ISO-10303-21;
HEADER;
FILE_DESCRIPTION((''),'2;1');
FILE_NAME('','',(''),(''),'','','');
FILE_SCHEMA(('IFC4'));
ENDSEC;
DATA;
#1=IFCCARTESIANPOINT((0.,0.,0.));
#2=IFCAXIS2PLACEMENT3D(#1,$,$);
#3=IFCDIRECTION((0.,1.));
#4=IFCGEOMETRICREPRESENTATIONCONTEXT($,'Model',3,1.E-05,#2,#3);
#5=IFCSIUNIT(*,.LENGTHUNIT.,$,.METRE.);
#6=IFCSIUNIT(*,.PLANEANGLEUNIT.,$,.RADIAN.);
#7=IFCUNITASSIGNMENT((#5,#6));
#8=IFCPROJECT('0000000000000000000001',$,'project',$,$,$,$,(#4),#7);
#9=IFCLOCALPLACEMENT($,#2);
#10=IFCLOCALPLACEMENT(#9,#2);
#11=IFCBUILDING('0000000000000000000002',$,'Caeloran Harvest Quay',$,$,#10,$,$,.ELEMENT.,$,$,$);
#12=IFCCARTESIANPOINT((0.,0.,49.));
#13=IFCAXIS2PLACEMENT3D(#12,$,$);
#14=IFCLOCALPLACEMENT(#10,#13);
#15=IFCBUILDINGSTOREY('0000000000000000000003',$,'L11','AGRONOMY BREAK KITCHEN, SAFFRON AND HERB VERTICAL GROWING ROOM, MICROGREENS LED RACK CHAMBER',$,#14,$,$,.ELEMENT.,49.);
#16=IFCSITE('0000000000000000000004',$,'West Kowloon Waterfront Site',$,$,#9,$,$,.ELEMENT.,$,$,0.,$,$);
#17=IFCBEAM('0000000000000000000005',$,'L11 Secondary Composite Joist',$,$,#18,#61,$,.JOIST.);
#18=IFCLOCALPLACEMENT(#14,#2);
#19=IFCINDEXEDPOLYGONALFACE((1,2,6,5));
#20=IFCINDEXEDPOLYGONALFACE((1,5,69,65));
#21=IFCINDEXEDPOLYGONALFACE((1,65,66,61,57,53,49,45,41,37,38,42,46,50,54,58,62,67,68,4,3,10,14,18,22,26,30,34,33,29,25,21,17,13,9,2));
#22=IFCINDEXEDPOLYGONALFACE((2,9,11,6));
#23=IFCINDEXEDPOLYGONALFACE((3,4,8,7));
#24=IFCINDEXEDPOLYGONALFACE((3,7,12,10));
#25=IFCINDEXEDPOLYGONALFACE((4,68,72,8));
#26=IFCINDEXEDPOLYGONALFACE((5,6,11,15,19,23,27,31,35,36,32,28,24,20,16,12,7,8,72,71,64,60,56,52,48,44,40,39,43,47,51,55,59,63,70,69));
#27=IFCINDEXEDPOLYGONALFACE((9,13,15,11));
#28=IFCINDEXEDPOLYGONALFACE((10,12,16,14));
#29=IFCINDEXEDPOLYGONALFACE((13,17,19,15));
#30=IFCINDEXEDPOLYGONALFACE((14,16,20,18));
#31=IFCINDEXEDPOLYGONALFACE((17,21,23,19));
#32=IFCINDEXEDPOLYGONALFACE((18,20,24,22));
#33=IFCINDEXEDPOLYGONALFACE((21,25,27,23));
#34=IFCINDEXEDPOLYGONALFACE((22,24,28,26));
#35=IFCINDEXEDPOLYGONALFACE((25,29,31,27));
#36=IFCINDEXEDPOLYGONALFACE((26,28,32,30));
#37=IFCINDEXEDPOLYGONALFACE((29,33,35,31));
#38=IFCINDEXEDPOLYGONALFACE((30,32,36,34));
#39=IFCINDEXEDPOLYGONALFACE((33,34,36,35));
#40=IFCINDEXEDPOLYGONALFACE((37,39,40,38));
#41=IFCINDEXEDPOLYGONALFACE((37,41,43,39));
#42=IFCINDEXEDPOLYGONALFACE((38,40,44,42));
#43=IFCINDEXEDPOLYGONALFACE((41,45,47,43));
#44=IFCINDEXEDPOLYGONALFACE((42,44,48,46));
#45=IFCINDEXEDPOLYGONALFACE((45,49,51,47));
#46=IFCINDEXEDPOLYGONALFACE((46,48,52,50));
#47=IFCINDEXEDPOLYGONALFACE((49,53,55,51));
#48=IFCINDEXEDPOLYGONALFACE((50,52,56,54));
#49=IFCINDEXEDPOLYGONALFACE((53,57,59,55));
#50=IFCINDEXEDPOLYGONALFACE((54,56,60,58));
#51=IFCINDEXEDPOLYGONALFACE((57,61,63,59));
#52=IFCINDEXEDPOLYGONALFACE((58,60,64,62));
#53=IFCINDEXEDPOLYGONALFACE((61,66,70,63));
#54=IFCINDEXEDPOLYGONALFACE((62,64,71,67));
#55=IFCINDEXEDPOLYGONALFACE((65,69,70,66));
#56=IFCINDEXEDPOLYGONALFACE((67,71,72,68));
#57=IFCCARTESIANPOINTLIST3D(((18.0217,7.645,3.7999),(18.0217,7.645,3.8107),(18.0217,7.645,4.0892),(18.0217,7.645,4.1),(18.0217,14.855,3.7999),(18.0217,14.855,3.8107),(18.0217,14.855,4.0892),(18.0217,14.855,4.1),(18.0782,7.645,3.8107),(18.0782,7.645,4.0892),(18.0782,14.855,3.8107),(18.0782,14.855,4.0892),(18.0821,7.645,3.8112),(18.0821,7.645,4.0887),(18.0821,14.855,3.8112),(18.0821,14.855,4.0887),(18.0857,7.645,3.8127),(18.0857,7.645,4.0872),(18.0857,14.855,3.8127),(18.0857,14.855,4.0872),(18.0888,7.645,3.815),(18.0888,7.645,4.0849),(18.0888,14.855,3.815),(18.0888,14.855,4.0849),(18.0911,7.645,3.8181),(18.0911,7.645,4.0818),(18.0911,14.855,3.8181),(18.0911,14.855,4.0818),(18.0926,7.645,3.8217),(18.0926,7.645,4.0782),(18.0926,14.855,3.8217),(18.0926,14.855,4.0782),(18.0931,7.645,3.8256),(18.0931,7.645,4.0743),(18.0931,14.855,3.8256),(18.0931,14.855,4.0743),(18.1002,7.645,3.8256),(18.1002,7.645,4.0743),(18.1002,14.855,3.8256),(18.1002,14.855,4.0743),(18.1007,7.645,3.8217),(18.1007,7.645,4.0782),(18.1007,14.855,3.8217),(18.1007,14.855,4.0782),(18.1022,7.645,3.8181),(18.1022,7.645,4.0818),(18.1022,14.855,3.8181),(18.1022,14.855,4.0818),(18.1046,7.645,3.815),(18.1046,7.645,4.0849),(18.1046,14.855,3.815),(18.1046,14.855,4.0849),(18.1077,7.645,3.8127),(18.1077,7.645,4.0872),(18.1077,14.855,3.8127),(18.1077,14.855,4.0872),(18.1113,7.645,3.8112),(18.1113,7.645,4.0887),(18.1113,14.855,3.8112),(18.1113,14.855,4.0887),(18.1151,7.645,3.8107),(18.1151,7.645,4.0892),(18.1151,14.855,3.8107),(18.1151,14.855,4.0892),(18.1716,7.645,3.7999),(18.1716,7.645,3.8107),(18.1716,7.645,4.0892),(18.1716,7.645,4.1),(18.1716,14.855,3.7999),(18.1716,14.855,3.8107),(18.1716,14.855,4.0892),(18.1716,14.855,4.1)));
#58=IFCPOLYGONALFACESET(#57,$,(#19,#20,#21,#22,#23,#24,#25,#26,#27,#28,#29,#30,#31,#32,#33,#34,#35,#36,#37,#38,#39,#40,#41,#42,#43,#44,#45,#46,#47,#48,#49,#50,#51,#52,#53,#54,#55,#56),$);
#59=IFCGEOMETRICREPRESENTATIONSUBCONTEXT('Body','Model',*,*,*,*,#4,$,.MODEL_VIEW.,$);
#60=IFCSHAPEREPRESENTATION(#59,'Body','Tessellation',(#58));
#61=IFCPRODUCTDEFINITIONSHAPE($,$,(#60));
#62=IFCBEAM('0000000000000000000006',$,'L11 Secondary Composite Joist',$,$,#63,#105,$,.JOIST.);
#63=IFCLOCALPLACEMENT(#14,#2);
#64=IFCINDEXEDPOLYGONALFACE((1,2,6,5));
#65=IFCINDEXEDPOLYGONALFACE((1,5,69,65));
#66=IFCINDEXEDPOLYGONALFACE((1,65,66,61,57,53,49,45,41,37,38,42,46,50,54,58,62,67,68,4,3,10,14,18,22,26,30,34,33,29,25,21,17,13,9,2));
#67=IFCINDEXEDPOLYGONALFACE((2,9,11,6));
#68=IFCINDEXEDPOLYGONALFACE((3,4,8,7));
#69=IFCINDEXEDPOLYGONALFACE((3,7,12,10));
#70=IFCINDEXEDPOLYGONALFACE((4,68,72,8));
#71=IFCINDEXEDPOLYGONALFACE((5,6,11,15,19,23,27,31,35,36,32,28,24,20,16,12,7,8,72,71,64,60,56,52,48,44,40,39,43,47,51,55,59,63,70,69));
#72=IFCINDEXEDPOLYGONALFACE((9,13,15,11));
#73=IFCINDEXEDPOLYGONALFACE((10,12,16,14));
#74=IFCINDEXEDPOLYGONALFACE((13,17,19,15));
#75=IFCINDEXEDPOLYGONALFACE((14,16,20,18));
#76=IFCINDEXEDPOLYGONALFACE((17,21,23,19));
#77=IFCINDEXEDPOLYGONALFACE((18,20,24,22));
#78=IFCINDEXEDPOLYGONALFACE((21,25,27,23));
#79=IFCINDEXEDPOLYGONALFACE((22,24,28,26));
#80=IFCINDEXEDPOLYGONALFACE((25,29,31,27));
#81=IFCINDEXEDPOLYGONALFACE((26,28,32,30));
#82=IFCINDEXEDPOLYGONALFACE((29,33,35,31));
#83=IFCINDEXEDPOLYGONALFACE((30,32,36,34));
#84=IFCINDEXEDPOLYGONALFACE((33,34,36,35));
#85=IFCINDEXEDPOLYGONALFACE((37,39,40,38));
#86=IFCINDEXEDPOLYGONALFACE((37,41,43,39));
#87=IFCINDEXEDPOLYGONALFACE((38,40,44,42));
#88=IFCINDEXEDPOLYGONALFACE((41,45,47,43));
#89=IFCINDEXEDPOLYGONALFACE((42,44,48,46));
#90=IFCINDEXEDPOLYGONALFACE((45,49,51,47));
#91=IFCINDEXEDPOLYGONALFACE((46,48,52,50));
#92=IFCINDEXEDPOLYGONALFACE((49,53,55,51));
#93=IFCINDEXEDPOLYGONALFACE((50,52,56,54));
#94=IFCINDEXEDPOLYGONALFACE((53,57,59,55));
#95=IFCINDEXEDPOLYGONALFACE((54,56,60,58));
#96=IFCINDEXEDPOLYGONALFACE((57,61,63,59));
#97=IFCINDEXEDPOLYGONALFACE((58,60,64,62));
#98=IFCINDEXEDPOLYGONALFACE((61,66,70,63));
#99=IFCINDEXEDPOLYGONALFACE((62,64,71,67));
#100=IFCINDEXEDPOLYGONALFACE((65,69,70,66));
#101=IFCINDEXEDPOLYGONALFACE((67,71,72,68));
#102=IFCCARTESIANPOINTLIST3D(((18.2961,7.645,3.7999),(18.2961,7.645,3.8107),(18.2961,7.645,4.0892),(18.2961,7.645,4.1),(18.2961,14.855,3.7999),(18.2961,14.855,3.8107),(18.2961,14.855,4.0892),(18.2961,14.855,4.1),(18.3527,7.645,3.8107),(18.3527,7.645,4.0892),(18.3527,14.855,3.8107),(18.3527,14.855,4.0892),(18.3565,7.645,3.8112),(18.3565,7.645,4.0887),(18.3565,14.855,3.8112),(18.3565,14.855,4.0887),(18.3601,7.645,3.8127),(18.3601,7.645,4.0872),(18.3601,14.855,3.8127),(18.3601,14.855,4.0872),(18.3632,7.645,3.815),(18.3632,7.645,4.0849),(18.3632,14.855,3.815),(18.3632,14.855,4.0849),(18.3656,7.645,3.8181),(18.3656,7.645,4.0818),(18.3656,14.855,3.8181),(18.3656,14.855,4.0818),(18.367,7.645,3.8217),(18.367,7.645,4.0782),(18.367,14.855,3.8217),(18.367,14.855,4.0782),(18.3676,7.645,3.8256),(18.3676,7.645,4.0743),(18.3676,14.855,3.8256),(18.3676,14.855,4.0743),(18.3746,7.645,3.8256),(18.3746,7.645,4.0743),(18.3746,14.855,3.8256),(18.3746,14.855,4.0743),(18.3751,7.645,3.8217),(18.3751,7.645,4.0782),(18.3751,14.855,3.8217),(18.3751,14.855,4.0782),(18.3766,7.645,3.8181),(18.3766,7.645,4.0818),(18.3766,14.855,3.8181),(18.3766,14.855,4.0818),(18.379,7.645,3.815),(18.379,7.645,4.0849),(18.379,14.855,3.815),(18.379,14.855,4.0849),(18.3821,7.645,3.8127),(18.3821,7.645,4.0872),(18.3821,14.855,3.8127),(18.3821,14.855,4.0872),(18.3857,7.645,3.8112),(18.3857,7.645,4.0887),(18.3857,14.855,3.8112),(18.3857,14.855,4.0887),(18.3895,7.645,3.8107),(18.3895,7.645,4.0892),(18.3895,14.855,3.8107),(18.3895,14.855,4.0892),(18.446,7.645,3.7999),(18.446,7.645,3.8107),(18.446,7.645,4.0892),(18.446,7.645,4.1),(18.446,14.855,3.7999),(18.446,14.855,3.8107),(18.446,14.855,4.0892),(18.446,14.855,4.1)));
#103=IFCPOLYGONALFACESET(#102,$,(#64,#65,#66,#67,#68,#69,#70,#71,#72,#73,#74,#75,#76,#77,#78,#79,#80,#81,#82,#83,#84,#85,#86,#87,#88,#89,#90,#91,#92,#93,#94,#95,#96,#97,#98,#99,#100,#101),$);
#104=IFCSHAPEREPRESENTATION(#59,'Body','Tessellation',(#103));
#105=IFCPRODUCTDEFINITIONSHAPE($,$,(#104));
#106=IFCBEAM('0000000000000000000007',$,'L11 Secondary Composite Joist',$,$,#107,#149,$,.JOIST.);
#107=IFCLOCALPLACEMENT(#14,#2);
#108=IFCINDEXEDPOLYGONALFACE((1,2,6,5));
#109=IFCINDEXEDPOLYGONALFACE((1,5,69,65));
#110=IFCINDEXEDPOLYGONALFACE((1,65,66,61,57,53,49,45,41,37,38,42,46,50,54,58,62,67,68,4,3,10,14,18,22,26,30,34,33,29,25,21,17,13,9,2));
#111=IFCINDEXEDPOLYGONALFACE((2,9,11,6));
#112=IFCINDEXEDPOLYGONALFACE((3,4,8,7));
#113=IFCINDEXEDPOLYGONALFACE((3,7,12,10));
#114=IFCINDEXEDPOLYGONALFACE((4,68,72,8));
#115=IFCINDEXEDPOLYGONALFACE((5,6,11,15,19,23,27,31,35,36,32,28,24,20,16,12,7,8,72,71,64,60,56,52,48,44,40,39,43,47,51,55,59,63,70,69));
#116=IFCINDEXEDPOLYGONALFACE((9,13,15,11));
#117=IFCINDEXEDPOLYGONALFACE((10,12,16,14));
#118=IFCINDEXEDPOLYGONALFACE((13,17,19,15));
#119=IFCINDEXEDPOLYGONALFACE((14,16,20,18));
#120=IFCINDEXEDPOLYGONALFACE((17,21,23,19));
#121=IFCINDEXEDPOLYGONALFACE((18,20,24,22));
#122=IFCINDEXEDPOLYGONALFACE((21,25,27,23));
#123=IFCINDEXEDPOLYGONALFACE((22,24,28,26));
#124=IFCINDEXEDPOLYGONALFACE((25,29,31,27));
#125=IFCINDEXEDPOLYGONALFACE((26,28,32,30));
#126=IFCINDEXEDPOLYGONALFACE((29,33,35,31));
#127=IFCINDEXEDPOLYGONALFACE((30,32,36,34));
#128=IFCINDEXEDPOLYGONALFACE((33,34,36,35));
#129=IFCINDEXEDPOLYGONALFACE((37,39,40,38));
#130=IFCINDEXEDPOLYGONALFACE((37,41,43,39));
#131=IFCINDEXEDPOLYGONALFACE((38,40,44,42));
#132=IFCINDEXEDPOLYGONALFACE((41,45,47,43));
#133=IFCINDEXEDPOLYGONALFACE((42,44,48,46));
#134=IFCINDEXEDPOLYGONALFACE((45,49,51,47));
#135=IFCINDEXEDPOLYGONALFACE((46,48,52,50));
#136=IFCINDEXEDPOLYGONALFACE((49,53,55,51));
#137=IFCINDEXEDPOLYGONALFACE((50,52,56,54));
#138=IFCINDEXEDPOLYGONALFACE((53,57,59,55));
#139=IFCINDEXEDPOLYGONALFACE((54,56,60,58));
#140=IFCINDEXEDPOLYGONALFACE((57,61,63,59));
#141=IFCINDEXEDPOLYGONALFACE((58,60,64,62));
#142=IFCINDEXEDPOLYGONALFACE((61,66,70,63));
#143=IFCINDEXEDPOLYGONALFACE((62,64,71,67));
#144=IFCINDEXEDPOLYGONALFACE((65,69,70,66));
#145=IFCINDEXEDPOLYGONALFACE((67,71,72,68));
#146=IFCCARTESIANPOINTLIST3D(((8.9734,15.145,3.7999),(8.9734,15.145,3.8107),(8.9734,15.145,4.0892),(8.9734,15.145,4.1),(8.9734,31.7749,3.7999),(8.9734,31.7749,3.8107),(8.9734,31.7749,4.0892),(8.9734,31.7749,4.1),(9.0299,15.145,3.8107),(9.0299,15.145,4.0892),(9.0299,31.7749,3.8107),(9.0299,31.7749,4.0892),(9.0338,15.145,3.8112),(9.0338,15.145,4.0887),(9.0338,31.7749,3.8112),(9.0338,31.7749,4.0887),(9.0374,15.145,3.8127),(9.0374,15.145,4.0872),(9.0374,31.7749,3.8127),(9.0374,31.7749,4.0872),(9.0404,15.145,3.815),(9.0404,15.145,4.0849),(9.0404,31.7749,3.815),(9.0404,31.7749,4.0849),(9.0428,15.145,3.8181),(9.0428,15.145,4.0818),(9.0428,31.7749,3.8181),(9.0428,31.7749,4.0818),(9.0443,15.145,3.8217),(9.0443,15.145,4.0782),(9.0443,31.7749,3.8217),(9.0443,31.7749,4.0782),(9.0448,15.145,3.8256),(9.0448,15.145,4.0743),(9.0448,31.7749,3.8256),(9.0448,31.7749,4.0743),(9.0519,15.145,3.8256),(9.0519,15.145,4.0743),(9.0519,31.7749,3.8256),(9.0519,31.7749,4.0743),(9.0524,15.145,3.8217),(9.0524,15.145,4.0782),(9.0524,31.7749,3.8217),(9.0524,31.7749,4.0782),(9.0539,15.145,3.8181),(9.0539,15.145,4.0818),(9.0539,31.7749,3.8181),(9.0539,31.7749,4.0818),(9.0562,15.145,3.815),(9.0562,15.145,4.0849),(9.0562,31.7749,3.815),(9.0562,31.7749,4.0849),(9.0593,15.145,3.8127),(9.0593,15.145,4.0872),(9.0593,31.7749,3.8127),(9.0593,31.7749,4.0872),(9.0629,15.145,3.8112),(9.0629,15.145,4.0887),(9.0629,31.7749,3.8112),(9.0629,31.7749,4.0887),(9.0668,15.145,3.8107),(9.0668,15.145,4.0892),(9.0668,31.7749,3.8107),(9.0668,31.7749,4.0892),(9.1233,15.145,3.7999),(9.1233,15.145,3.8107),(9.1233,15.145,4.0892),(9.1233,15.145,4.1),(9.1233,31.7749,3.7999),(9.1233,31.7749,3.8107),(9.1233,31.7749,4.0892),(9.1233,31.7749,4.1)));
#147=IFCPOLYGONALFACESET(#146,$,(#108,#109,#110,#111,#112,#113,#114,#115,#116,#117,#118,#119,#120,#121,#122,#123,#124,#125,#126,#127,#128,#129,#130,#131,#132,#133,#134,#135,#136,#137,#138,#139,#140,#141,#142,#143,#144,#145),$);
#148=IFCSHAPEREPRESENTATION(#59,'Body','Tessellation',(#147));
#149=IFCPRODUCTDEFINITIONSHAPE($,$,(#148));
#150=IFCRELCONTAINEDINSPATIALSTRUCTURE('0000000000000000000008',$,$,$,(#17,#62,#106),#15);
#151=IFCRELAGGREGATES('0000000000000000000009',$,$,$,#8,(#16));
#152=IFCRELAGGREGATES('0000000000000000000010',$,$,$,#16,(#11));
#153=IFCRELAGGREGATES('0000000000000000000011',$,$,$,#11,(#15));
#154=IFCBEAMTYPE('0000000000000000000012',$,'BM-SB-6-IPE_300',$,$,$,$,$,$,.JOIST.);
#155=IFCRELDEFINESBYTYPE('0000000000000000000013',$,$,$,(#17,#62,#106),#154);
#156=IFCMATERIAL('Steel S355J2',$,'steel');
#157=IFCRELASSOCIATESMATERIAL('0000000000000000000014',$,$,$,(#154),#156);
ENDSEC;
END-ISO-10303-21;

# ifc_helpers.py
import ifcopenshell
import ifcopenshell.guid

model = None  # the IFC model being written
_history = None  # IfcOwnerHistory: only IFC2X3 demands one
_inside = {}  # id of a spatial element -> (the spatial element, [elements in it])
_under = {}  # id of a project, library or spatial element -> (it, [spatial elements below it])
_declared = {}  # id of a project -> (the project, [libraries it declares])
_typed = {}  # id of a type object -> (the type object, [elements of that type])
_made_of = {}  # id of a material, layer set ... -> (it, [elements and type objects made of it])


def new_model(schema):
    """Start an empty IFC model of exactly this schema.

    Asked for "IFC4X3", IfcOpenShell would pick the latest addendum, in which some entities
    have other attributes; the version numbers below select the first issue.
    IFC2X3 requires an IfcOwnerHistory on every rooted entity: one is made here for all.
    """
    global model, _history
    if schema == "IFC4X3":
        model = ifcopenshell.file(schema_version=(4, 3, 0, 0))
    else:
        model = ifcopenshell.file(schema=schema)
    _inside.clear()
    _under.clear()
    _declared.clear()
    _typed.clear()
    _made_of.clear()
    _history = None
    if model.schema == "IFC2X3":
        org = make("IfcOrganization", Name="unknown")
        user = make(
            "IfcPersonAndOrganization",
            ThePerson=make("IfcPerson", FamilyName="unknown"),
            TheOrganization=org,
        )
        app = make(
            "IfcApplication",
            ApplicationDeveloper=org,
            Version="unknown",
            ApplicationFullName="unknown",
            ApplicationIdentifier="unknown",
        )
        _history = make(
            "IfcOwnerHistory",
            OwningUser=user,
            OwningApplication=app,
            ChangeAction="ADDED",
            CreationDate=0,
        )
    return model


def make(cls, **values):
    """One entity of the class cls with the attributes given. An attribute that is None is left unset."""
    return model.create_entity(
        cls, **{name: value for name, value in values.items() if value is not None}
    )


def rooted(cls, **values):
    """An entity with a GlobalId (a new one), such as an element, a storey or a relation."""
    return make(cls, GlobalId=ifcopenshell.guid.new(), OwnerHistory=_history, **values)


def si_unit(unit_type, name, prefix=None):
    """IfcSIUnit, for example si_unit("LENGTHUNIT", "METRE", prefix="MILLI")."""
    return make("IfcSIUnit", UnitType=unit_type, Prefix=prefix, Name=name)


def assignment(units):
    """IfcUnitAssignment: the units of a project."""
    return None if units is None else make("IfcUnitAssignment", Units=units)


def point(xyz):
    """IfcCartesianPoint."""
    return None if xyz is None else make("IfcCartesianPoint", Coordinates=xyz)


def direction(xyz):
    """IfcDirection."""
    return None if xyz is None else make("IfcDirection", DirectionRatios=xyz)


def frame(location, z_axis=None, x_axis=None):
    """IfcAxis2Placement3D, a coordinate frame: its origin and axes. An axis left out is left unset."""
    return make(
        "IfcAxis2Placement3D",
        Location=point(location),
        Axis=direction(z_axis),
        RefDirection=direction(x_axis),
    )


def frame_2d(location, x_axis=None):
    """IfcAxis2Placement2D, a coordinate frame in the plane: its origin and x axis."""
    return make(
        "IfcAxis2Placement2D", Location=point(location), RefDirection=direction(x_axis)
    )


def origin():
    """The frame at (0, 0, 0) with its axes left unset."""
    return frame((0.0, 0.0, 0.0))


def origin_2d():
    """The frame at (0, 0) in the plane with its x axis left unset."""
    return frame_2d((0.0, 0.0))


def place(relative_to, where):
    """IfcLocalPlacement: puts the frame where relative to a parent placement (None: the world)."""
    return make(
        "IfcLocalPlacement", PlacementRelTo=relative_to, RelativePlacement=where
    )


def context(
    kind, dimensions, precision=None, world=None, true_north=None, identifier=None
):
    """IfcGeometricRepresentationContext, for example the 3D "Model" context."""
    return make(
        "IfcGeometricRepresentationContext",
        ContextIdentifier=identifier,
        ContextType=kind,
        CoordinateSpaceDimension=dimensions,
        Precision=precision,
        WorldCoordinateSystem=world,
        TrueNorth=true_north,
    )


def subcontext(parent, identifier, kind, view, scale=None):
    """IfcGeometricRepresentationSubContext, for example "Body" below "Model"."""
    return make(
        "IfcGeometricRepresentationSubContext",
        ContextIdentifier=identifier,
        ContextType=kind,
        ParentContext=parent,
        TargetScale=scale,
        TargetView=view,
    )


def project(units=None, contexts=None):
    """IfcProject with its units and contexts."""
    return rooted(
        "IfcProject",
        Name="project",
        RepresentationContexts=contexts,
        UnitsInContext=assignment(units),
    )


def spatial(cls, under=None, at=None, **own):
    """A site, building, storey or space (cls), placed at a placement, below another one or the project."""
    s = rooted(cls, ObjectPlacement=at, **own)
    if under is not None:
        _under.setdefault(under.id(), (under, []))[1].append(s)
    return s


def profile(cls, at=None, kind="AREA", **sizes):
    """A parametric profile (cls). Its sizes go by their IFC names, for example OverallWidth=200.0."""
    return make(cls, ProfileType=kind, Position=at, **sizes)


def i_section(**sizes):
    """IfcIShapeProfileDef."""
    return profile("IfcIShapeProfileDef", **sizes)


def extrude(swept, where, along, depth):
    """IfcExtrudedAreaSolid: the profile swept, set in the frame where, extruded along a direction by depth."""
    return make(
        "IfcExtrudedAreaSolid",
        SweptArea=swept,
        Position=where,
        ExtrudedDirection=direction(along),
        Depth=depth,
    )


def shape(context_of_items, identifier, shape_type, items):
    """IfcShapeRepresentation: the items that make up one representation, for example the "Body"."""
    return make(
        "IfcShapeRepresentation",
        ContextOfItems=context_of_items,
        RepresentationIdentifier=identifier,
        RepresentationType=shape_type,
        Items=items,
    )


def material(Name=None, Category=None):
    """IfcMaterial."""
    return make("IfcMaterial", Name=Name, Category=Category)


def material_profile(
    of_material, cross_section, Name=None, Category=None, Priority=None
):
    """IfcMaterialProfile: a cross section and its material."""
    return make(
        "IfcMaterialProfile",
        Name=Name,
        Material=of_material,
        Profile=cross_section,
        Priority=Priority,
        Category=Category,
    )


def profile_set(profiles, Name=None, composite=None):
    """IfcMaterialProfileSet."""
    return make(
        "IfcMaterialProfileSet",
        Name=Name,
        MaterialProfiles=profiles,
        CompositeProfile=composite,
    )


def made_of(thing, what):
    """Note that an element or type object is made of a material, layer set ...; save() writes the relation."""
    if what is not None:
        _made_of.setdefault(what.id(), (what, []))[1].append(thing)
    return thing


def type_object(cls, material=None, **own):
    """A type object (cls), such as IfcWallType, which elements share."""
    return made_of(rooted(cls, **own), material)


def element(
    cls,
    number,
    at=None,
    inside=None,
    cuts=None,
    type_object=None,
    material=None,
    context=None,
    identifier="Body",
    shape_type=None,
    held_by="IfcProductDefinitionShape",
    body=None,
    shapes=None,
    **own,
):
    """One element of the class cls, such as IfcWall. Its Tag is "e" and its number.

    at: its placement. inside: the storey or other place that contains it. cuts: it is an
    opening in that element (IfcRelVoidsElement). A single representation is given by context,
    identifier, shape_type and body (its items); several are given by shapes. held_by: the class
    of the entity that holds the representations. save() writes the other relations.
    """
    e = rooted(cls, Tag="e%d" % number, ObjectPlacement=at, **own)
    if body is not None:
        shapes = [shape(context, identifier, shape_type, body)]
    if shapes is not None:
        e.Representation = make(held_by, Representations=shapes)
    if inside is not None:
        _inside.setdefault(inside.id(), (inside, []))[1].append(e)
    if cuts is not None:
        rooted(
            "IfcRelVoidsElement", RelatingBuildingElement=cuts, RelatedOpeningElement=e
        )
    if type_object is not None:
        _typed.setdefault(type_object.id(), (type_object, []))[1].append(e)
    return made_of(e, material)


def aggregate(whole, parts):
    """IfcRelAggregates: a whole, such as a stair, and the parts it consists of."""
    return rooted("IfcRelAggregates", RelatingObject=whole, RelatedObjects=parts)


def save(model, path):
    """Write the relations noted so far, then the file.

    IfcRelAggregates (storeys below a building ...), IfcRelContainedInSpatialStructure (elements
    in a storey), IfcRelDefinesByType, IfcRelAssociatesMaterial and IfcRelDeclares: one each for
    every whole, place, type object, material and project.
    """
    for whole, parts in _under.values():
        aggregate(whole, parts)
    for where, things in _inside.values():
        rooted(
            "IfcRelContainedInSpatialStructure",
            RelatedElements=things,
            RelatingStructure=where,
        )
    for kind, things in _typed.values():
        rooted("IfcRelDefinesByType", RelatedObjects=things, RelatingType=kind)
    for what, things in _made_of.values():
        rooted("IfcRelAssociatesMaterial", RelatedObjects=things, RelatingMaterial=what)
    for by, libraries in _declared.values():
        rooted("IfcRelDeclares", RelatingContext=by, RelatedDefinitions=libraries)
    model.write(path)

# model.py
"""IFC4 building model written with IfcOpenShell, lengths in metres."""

from ifc_helpers import new_model, si_unit, direction, frame, origin, origin_2d, place, context, subcontext, project, spatial, i_section, extrude, material, material_profile, profile_set, type_object, element, save


model = new_model("IFC4")

# Units and contexts
model_context = context("Model", 3, precision=1e-05, world=origin(), true_north=direction((0.0, 1.0)))
body_context = subcontext(model_context, "Body", "Model", "MODEL_VIEW")
ifc_project = project(units=[si_unit("LENGTHUNIT", "METRE"), si_unit("PLANEANGLEUNIT", "RADIAN")], contexts=[model_context])

# Site, building, storey
site_placement = place(None, origin())
site = spatial("IfcSite", under=ifc_project, at=site_placement, Name="West Kowloon Waterfront Site", CompositionType="ELEMENT", RefElevation=0.0)
building_placement = place(site_placement, origin())
building = spatial("IfcBuilding", under=site, at=building_placement, Name="Caeloran Harvest Quay", CompositionType="ELEMENT")
storey_placement = place(building_placement, frame((0.0, 0.0, 49.0)))
storey = spatial("IfcBuildingStorey", under=building, at=storey_placement, Name="L11", Description="AGRONOMY BREAK KITCHEN, SAFFRON AND HERB VERTICAL GROWING ROOM, MICROGREENS LED RACK CHAMBER", CompositionType="ELEMENT", Elevation=49.0)

# Beams
ifc_material_1 = material(Name="Steel S355J2", Category="steel")
ifc_material_profile_1 = material_profile(ifc_material_1, i_section(OverallWidth=0.1499, OverallDepth=0.3, WebThickness=0.0071, FlangeThickness=0.0107, FilletRadius=0.0149, at=origin_2d()), Name="IPE 300")
ifc_profile_set_1 = profile_set([ifc_material_profile_1], Name="Steel S355J2")
beam_type_1 = type_object("IfcBeamType", Name="BM-SB-6-IPE_300", PredefinedType="JOIST", material=ifc_profile_set_1)
for number, where, z_axis, x_axis, name in (
    (1, (18.0967, 7.645, 3.95), (0.0, 1.0, 0.0), (-1.0, 0.0, 0.0), "L11 Secondary Composite Joist"),
    (2, (18.3711, 7.645, 3.95), (0.0, 1.0, 0.0), (-1.0, 0.0, 0.0), "L11 Secondary Composite Joist"),
):
    element("IfcBeam", number, at=place(storey_placement, frame(where, z_axis=z_axis, x_axis=x_axis)), inside=storey, type_object=beam_type_1, Name=name, PredefinedType="JOIST", context=body_context, shape_type="SweptSolid", body=[
        extrude(i_section(OverallWidth=0.1499, OverallDepth=0.3, WebThickness=0.0071, FlangeThickness=0.0107, FilletRadius=0.0149, at=origin_2d()), origin(), (0.0, 0.0, 1.0), 7.21),
    ])
beam_1_placement = place(storey_placement, frame((9.0483, 15.145, 3.95), z_axis=(0.0, 1.0, 0.0), x_axis=(-1.0, 0.0, 0.0)))
element("IfcBeam", 3, at=beam_1_placement, inside=storey, type_object=beam_type_1, Name="L11 Secondary Composite Joist", PredefinedType="JOIST", context=body_context, shape_type="SweptSolid", body=[
    extrude(i_section(OverallWidth=0.1499, OverallDepth=0.3, WebThickness=0.0071, FlangeThickness=0.0107, FilletRadius=0.0149, at=origin_2d()), origin(), (0.0, 0.0, 1.0), 16.6299),
])

save(model, "model.ifc")
